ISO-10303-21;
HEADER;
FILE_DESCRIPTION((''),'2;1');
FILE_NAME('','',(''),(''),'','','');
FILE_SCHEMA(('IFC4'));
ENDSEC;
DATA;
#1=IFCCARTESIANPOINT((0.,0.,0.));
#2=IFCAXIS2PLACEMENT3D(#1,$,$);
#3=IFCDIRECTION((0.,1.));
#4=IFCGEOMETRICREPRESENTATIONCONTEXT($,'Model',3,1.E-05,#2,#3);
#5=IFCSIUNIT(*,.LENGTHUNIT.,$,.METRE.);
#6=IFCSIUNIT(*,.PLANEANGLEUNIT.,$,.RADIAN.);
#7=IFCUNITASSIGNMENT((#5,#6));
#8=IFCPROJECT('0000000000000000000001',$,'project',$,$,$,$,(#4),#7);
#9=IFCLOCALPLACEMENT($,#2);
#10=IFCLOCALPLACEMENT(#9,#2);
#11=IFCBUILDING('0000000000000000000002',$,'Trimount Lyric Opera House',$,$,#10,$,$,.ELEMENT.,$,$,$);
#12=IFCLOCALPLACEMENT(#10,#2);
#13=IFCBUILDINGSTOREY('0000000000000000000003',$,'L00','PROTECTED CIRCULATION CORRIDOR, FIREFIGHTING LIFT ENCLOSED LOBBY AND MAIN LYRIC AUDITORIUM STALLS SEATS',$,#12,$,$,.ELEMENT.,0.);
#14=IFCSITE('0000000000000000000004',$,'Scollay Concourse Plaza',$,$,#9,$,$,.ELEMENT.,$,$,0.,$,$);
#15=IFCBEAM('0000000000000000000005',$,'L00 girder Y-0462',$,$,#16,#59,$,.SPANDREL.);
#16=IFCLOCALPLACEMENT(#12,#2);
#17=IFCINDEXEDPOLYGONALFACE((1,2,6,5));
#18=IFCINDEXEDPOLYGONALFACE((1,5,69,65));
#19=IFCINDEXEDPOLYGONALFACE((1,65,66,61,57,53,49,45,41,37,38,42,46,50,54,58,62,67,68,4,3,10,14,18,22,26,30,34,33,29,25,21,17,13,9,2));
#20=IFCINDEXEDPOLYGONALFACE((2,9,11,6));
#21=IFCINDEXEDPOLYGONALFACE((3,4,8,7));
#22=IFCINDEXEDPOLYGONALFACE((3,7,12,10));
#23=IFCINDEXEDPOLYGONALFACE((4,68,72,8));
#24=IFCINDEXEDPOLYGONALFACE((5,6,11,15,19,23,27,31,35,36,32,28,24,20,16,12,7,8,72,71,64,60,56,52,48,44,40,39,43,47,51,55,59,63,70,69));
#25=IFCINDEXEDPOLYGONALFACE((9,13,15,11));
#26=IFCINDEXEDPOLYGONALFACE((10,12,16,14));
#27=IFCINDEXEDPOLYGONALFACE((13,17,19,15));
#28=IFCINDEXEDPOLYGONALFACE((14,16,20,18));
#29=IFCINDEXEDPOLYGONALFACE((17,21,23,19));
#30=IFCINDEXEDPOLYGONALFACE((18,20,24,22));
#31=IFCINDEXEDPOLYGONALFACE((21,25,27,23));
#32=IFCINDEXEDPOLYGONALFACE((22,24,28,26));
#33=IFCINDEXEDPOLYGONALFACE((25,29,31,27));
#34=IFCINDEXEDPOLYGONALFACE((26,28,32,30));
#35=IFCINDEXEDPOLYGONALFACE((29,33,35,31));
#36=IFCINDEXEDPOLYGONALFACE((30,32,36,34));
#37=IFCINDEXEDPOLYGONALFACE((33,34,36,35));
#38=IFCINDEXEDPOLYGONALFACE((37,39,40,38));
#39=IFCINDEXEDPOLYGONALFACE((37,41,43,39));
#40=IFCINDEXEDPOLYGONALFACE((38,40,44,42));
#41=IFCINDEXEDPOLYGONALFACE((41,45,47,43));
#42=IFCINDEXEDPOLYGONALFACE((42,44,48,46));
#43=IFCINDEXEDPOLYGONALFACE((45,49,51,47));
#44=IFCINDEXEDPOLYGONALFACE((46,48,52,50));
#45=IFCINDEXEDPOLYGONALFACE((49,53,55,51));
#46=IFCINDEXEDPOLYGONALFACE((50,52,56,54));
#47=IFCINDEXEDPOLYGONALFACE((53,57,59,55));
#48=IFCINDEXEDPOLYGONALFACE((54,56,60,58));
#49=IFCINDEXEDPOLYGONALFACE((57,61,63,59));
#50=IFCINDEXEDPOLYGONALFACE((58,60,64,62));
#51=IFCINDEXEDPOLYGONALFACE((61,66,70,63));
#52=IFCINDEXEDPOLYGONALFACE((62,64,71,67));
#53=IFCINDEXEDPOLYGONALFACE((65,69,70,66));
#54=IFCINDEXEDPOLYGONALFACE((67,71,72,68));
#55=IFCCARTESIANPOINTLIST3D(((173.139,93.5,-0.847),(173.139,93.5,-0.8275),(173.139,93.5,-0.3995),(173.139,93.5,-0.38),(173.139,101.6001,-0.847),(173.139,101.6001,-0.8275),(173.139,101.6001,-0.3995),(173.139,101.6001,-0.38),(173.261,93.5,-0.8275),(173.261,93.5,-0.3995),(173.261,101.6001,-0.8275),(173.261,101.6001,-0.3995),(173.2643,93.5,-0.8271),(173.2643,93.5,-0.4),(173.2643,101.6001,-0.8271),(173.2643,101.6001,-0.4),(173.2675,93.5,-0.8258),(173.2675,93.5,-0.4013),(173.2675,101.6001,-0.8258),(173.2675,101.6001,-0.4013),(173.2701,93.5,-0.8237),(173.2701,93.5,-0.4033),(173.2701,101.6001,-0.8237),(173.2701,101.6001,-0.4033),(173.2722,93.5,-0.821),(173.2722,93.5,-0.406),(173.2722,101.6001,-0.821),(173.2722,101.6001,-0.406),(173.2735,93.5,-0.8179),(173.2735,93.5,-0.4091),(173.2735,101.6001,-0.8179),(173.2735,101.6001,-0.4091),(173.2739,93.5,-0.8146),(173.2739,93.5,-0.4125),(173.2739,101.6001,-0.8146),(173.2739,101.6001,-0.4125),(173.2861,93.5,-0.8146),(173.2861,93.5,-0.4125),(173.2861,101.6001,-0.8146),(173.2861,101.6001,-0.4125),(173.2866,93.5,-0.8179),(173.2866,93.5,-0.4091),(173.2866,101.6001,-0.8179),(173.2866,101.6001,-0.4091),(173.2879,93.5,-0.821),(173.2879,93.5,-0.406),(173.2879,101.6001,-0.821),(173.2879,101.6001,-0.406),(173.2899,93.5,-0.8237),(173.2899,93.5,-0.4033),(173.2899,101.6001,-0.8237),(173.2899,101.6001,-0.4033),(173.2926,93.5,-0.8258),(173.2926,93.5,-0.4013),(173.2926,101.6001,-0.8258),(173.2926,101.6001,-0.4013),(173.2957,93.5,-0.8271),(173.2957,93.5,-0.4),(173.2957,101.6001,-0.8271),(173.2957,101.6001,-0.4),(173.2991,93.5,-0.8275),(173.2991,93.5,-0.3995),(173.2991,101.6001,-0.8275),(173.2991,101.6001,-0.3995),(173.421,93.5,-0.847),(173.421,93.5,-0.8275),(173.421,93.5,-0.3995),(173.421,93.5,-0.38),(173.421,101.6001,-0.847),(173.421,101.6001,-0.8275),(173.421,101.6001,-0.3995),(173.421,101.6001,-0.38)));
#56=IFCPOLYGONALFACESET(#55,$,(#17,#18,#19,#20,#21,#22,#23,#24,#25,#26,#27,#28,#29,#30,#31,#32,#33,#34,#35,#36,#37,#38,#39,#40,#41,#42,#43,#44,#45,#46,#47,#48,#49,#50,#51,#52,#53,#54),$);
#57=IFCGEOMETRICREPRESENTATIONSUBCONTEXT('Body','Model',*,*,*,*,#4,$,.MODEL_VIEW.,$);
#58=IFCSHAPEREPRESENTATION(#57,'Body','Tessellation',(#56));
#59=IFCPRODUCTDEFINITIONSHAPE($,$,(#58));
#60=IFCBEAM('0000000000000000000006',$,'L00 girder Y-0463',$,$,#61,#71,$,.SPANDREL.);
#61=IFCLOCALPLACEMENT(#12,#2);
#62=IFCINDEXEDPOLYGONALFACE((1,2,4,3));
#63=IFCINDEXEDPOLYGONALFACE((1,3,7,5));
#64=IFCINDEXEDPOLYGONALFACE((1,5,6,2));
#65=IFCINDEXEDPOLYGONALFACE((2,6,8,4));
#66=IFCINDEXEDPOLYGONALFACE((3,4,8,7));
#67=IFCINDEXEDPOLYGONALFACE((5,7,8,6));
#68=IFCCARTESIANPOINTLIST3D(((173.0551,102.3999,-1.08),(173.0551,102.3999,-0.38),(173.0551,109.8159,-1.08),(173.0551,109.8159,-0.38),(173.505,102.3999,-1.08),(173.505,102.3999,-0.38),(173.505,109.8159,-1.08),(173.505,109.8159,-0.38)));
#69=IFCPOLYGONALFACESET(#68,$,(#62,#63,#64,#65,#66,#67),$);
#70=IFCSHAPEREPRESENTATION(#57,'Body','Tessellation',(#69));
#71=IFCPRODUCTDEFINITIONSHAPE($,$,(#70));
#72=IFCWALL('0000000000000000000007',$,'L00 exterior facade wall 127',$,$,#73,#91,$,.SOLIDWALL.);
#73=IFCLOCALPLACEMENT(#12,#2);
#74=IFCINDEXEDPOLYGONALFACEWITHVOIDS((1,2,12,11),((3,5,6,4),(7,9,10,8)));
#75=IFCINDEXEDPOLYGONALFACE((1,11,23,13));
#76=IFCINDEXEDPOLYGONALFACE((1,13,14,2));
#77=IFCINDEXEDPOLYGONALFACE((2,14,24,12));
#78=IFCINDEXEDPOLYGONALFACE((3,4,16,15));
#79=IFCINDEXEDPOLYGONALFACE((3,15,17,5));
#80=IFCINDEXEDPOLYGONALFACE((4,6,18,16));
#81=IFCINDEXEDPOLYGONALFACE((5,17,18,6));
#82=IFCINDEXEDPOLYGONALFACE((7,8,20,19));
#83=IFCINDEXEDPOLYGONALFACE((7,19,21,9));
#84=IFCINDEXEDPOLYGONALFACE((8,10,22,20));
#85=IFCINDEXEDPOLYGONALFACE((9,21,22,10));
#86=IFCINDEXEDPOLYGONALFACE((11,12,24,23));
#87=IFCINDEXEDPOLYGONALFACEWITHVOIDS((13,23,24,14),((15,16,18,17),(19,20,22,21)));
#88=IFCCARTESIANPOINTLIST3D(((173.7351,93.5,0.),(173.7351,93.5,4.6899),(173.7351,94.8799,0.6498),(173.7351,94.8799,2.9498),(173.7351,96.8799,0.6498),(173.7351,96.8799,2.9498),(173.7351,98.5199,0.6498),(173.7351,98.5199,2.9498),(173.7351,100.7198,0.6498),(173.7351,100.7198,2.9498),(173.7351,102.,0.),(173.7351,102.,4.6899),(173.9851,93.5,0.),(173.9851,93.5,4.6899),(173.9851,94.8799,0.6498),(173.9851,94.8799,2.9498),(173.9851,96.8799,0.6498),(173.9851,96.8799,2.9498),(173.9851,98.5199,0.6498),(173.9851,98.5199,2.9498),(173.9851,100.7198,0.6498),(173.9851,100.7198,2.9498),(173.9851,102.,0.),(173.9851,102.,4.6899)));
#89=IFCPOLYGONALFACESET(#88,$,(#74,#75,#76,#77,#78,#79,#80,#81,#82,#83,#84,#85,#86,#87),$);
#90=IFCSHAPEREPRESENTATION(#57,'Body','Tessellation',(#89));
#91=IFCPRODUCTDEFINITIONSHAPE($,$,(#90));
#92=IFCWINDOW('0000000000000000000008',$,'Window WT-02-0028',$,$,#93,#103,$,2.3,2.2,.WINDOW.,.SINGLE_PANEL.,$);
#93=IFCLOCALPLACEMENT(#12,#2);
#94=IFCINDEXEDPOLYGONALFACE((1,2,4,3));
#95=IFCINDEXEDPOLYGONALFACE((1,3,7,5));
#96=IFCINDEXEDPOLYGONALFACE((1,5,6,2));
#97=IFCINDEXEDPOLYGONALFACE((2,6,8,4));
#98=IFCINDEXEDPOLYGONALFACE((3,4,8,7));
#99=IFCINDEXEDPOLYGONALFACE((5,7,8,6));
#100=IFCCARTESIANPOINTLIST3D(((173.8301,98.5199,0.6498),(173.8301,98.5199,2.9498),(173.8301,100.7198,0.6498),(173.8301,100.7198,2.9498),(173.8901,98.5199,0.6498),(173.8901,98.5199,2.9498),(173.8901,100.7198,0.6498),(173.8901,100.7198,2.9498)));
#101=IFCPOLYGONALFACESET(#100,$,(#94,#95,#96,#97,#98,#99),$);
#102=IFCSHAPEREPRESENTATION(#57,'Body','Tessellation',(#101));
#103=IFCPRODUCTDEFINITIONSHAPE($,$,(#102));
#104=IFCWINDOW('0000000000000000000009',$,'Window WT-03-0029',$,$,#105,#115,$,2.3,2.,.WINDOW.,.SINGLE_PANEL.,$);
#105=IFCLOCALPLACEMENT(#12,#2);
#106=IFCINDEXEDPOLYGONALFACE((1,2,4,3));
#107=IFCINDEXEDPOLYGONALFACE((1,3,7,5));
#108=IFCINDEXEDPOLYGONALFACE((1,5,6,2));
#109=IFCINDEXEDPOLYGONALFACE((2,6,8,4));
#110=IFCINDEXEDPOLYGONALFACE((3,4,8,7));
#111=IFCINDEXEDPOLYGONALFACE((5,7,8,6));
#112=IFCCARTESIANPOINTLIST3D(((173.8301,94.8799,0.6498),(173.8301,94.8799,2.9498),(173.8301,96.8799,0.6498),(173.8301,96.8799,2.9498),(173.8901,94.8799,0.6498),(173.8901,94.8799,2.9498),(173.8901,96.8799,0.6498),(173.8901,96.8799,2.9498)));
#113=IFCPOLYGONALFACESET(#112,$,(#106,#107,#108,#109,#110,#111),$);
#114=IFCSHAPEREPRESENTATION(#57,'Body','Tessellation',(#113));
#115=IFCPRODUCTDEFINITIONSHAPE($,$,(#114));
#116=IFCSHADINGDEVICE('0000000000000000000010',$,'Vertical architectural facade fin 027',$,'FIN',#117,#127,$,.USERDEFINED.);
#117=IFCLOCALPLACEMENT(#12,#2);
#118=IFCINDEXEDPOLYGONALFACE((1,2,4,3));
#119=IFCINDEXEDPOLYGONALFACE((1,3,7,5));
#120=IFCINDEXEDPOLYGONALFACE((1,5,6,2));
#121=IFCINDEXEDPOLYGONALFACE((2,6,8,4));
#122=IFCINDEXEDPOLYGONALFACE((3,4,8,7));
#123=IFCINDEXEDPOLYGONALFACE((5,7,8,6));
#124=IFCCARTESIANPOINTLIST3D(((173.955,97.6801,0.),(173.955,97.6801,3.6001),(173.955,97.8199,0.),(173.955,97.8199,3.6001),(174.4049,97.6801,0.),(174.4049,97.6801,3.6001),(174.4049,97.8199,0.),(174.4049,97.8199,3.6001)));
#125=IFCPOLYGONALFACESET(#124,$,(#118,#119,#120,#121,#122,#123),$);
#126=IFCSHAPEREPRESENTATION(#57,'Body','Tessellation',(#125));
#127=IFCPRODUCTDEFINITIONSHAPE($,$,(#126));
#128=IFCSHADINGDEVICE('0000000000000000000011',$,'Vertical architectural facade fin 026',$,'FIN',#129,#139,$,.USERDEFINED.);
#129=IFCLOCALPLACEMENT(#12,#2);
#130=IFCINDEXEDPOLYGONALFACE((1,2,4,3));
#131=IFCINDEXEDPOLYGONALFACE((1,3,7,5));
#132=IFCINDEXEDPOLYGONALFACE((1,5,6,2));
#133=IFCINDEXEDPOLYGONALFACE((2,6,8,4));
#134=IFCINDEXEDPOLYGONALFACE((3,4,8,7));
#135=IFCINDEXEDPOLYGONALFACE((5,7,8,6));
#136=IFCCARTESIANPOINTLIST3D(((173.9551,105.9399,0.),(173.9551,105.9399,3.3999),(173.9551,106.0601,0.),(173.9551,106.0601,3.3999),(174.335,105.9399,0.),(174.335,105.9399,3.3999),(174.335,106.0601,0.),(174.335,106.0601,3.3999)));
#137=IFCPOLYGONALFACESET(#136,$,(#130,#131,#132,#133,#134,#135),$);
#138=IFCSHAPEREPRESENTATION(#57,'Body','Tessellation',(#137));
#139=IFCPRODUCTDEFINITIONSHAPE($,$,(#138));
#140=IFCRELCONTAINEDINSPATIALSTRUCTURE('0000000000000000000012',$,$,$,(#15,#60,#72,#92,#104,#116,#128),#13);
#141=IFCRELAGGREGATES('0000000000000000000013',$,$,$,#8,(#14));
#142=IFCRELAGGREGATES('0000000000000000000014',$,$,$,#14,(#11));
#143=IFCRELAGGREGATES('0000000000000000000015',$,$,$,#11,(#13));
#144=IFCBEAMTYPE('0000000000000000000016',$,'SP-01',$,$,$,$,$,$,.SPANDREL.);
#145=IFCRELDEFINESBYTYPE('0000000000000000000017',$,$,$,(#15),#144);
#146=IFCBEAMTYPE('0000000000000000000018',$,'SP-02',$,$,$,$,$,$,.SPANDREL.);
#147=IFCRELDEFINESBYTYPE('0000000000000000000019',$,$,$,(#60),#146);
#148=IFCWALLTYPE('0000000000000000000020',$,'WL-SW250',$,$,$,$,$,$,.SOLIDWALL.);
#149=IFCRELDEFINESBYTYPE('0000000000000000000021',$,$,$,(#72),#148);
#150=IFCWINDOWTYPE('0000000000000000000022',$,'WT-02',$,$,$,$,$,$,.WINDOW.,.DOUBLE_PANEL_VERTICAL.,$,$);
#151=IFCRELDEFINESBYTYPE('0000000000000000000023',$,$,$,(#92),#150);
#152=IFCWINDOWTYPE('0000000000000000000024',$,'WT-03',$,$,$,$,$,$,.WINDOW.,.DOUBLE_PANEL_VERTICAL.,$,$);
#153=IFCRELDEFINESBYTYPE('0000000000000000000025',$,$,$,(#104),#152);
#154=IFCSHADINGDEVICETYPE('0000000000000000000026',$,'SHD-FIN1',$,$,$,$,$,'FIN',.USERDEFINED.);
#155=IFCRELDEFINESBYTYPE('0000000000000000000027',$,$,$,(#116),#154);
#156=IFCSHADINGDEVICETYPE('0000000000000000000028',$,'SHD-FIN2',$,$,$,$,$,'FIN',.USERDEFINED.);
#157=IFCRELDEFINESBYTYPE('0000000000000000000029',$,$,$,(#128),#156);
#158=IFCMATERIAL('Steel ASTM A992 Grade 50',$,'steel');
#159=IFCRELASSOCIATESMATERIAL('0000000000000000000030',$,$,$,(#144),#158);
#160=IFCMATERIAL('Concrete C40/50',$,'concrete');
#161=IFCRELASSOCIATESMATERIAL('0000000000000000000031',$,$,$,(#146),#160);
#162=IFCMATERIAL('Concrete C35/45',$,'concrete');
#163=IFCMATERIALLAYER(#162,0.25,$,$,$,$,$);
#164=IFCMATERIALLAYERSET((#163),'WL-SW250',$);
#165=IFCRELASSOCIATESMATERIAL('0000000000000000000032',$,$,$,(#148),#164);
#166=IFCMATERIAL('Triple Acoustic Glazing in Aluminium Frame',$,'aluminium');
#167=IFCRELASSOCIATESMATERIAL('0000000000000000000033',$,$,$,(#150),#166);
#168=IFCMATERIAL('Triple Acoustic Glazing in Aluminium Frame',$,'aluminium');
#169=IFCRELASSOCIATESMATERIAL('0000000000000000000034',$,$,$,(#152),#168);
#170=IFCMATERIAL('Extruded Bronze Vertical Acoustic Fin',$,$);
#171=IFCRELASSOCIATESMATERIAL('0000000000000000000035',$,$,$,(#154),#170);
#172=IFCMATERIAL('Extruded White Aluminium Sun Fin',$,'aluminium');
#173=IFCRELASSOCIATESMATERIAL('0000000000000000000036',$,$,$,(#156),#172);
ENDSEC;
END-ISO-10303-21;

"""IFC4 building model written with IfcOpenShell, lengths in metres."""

from ifc_helpers import new_model, si_unit, direction, frame, frame_2d, origin, origin_2d, place, context, subcontext, project, spatial, rectangle, i_section, extrude, material, layer, layer_set, material_profile, profile_set, type_object, element, fill, save


model = new_model("IFC4")

# Units and contexts
model_context = context("Model", 3, precision=1e-05, world=origin(), true_north=direction((0.0, 1.0)))
body_context = subcontext(model_context, "Body", "Model", "MODEL_VIEW")
ifc_project = project(units=[si_unit("LENGTHUNIT", "METRE"), si_unit("PLANEANGLEUNIT", "RADIAN")], contexts=[model_context])

# Site, building, storey
site_placement = place(None, origin())
site = spatial("IfcSite", under=ifc_project, at=site_placement, Name="Scollay Concourse Plaza", CompositionType="ELEMENT", RefElevation=0.0)
building_placement = place(site_placement, origin())
building = spatial("IfcBuilding", under=site, at=building_placement, Name="Trimount Lyric Opera House", CompositionType="ELEMENT")
storey_placement = place(building_placement, origin())
storey = spatial("IfcBuildingStorey", under=building, at=storey_placement, Name="L00", Description="PROTECTED CIRCULATION CORRIDOR, FIREFIGHTING LIFT ENCLOSED LOBBY AND MAIN LYRIC AUDITORIUM STALLS SEATS", CompositionType="ELEMENT", Elevation=0.0)

# Beams
ifc_material_1 = material(Name="Steel ASTM A992 Grade 50", Category="steel")
ifc_material_profile_1 = material_profile(ifc_material_1, i_section(OverallWidth=0.282, OverallDepth=0.467, WebThickness=0.0122, FlangeThickness=0.0195, FilletRadius=0.0129, at=origin_2d()), Name="W18X86")
ifc_profile_set_1 = profile_set([ifc_material_profile_1], Name="Steel ASTM A992 Grade 50")
beam_type_1 = type_object("IfcBeamType", Name="SP-01", PredefinedType="SPANDREL", material=ifc_profile_set_1)
beam_1_placement = place(storey_placement, frame((173.28, 93.5, -0.6135), z_axis=(0.0, 1.0, 0.0), x_axis=(-1.0, 0.0, 0.0)))
element("IfcBeam", 1, at=beam_1_placement, inside=storey, type_object=beam_type_1, Name="L00 girder Y-0462", PredefinedType="SPANDREL", context=body_context, shape_type="SweptSolid", body=[
    extrude(i_section(OverallWidth=0.282, OverallDepth=0.467, WebThickness=0.0122, FlangeThickness=0.0195, FilletRadius=0.0129, at=origin_2d()), origin(), (0.0, 0.0, 1.0), 8.1001),
])
ifc_material_2 = material(Name="Concrete C40/50", Category="concrete")
ifc_material_profile_2 = material_profile(ifc_material_2, rectangle(XDim=0.45, YDim=0.7, at=origin_2d()), Name="RC450X700")
ifc_profile_set_2 = profile_set([ifc_material_profile_2], Name="Concrete C40/50")
beam_type_2 = type_object("IfcBeamType", Name="SP-02", PredefinedType="SPANDREL", material=ifc_profile_set_2)
beam_2_placement = place(storey_placement, frame((173.28, 102.3999, -0.73), z_axis=(0.0, 1.0, 0.0), x_axis=(-1.0, 0.0, 0.0)))
element("IfcBeam", 2, at=beam_2_placement, inside=storey, type_object=beam_type_2, Name="L00 girder Y-0463", PredefinedType="SPANDREL", context=body_context, shape_type="SweptSolid", body=[
    extrude(rectangle(XDim=0.45, YDim=0.7, at=origin_2d()), origin(), (0.0, 0.0, 1.0), 7.416),
])

# Wall, openings, windows
ifc_material_3 = material(Name="Concrete C35/45", Category="concrete")
ifc_layer = layer(ifc_material_3, 0.25)
ifc_layer_set = layer_set([ifc_layer], Name="WL-SW250")
wall_type = type_object("IfcWallType", Name="WL-SW250", PredefinedType="SOLIDWALL", material=ifc_layer_set)
wall_placement = place(storey_placement, frame((173.8601, 102.0, 0.0), z_axis=(0.0, 0.0, 1.0), x_axis=(0.0, -1.0, 0.0)))
wall = element("IfcWall", 3, at=wall_placement, inside=storey, type_object=wall_type, Name="L00 exterior facade wall 127", PredefinedType="SOLIDWALL", context=body_context, shape_type="SweptSolid", body=[
    extrude(rectangle(XDim=8.5, YDim=0.25, at=frame_2d((4.25, 0.0))), origin(), (0.0, 0.0, 1.0), 4.6899),
])
opening_1_placement = place(wall_placement, frame((1.28, 0.0, 0.6499)))
opening_1 = element("IfcOpeningElement", 4, at=opening_1_placement, cuts=wall, PredefinedType="OPENING", context=body_context, shape_type="SweptSolid", body=[
    extrude(rectangle(XDim=2.2, YDim=2.3, at=frame_2d((1.1001, 1.1499))), frame((0.0, 0.135, 0.0), z_axis=(0.0, -1.0, 0.0), x_axis=(1.0, 0.0, 0.0)), (0.0, 0.0, 1.0), 0.27),
])
opening_2_placement = place(wall_placement, frame((5.1201, 0.0, 0.6499)))
opening_2 = element("IfcOpeningElement", 5, at=opening_2_placement, cuts=wall, PredefinedType="OPENING", context=body_context, shape_type="SweptSolid", body=[
    extrude(rectangle(XDim=2.0, YDim=2.3, at=frame_2d((1.0, 1.1499))), frame((0.0, 0.135, 0.0), z_axis=(0.0, -1.0, 0.0), x_axis=(1.0, 0.0, 0.0)), (0.0, 0.0, 1.0), 0.27),
])
ifc_material_4 = material(Name="Triple Acoustic Glazing in Aluminium Frame", Category="aluminium")
window_type_1 = type_object("IfcWindowType", Name="WT-02", PartitioningType="DOUBLE_PANEL_VERTICAL", PredefinedType="WINDOW", material=ifc_material_4)
window_1_placement = place(opening_1_placement, origin())
window_1 = element("IfcWindow", 6, at=window_1_placement, inside=storey, type_object=window_type_1, Name="Window WT-02-0028", OverallHeight=2.3, OverallWidth=2.2, PartitioningType="SINGLE_PANEL", PredefinedType="WINDOW", context=body_context, shape_type="SweptSolid", body=[
    extrude(rectangle(XDim=2.2, YDim=2.3, at=frame_2d((1.1001, 1.1499))), frame((0.0, 0.03, 0.0), z_axis=(0.0, -1.0, 0.0), x_axis=(1.0, 0.0, 0.0)), (0.0, 0.0, 1.0), 0.0601),
])
fill(opening_1, window_1)
ifc_material_5 = material(Name="Triple Acoustic Glazing in Aluminium Frame", Category="aluminium")
window_type_2 = type_object("IfcWindowType", Name="WT-03", PartitioningType="DOUBLE_PANEL_VERTICAL", PredefinedType="WINDOW", material=ifc_material_5)
window_2_placement = place(opening_2_placement, origin())
window_2 = element("IfcWindow", 7, at=window_2_placement, inside=storey, type_object=window_type_2, Name="Window WT-03-0029", OverallHeight=2.3, OverallWidth=2.0, PartitioningType="SINGLE_PANEL", PredefinedType="WINDOW", context=body_context, shape_type="SweptSolid", body=[
    extrude(rectangle(XDim=2.0, YDim=2.3, at=frame_2d((1.0, 1.1499))), frame((0.0, 0.03, 0.0), z_axis=(0.0, -1.0, 0.0), x_axis=(1.0, 0.0, 0.0)), (0.0, 0.0, 1.0), 0.0601),
])
fill(opening_2, window_2)

# Shading devices
ifc_material_6 = material(Name="Extruded Bronze Vertical Acoustic Fin")
shading_device_type_1 = type_object("IfcShadingDeviceType", Name="SHD-FIN1", ElementType="FIN", PredefinedType="USERDEFINED", material=ifc_material_6)
shading_device_1_placement = place(storey_placement, frame((174.1799, 97.75, 0.0), z_axis=(0.0, 0.0, 1.0), x_axis=(1.0, 0.0, 0.0)))
element("IfcShadingDevice", 8, at=shading_device_1_placement, inside=storey, type_object=shading_device_type_1, Name="Vertical architectural facade fin 027", ObjectType="FIN", PredefinedType="USERDEFINED", context=body_context, shape_type="SweptSolid", body=[
    extrude(rectangle(XDim=0.45, YDim=0.1399, at=origin_2d()), origin(), (0.0, 0.0, 1.0), 3.6001),
])
ifc_material_7 = material(Name="Extruded White Aluminium Sun Fin", Category="aluminium")
shading_device_type_2 = type_object("IfcShadingDeviceType", Name="SHD-FIN2", ElementType="FIN", PredefinedType="USERDEFINED", material=ifc_material_7)
shading_device_2_placement = place(storey_placement, frame((174.145, 106.0, 0.0), z_axis=(0.0, 0.0, 1.0), x_axis=(1.0, 0.0, 0.0)))
element("IfcShadingDevice", 9, at=shading_device_2_placement, inside=storey, type_object=shading_device_type_2, Name="Vertical architectural facade fin 026", ObjectType="FIN", PredefinedType="USERDEFINED", context=body_context, shape_type="SweptSolid", body=[
    extrude(rectangle(XDim=0.3799, YDim=0.1201, at=origin_2d()), origin(), (0.0, 0.0, 1.0), 3.3999),
])

save(model, "model.ifc")
